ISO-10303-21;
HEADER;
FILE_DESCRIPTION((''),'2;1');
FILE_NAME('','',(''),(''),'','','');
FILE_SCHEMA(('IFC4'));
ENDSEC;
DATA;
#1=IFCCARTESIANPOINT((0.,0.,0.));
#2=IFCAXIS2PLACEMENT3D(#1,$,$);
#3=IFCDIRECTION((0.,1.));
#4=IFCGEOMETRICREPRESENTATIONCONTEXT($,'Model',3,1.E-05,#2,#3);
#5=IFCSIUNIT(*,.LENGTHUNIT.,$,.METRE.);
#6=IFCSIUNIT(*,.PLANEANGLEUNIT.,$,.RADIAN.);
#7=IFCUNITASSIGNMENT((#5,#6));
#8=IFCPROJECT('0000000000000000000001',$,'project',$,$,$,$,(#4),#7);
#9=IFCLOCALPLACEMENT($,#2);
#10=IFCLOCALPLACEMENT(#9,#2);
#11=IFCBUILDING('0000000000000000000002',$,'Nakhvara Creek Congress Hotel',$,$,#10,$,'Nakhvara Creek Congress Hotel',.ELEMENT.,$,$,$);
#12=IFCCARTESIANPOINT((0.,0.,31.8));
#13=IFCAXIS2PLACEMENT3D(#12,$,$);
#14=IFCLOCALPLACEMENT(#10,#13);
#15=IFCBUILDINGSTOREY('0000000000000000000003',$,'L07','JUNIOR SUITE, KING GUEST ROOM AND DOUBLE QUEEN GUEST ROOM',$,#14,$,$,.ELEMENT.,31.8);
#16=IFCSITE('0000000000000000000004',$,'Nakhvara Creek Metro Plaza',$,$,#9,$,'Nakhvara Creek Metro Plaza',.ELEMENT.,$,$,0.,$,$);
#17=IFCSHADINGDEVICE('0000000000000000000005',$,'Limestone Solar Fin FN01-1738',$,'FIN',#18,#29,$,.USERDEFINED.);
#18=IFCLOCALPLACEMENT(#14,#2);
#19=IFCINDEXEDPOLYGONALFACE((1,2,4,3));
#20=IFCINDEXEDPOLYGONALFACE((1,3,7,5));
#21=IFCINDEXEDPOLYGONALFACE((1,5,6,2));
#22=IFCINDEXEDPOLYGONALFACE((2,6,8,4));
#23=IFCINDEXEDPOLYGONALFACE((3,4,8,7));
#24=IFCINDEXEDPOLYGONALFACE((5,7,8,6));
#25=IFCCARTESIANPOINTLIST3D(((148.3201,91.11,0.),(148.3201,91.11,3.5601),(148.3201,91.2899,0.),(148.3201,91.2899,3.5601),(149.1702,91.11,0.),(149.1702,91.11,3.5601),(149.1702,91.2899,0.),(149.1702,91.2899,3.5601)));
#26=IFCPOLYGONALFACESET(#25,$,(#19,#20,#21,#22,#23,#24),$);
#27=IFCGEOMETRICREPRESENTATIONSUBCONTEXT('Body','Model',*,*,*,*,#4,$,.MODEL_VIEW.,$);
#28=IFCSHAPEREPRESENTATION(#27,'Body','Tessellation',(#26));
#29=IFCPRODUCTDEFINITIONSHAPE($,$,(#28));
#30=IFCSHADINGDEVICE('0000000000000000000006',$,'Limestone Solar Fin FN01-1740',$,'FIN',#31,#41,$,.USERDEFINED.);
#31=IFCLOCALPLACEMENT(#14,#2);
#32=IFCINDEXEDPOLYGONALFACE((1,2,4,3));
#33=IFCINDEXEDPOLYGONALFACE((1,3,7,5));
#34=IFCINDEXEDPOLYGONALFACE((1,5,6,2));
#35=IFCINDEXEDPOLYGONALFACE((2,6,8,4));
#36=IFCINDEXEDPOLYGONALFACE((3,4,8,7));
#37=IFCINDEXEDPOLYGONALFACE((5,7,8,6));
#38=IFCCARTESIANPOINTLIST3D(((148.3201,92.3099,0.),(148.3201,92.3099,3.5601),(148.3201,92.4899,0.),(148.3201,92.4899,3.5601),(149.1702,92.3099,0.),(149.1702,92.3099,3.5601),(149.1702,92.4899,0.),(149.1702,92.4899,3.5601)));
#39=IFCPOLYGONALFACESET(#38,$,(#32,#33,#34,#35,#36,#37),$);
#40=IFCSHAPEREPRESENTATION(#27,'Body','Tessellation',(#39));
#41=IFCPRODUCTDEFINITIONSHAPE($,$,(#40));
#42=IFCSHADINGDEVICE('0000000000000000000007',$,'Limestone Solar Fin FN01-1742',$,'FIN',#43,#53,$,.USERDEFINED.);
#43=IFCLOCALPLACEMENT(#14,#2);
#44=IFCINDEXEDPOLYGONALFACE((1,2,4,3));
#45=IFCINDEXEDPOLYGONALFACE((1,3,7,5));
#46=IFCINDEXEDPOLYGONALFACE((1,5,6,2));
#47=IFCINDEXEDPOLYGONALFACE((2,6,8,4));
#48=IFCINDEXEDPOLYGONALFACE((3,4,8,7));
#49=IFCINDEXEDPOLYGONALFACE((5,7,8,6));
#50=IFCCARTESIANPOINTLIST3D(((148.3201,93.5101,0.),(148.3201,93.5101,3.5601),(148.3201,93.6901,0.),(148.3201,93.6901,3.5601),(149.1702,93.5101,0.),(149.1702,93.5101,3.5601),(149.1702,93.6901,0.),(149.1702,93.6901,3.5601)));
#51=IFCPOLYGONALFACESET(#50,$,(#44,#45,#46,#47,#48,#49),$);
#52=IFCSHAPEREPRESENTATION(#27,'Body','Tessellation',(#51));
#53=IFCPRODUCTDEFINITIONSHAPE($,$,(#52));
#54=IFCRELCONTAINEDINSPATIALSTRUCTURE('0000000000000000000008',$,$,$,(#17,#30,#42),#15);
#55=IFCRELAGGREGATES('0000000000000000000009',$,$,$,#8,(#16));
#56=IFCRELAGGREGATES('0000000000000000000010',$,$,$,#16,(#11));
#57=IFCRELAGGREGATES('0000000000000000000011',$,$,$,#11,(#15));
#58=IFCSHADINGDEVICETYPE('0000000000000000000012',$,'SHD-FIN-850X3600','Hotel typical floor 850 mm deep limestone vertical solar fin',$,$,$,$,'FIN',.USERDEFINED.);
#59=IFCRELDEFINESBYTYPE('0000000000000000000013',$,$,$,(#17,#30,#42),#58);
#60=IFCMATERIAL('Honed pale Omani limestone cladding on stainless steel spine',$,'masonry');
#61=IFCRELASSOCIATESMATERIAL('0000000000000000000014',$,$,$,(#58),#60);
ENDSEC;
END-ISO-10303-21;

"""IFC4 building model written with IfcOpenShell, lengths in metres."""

from ifc_helpers import new_model, si_unit, direction, frame, origin, origin_2d, place, context, subcontext, project, spatial, rectangle, extrude, material, type_object, element, save


model = new_model("IFC4")

# Units and contexts
model_context = context("Model", 3, precision=1e-05, world=origin(), true_north=direction((0.0, 1.0)))
body_context = subcontext(model_context, "Body", "Model", "MODEL_VIEW")
ifc_project = project(units=[si_unit("LENGTHUNIT", "METRE"), si_unit("PLANEANGLEUNIT", "RADIAN")], contexts=[model_context])

# Site, building, storey
site_placement = place(None, origin())
site = spatial("IfcSite", under=ifc_project, at=site_placement, Name="Nakhvara Creek Metro Plaza", LongName="Nakhvara Creek Metro Plaza", CompositionType="ELEMENT", RefElevation=0.0)
building_placement = place(site_placement, origin())
building = spatial("IfcBuilding", under=site, at=building_placement, Name="Nakhvara Creek Congress Hotel", LongName="Nakhvara Creek Congress Hotel", CompositionType="ELEMENT")
storey_placement = place(building_placement, frame((0.0, 0.0, 31.8)))
storey = spatial("IfcBuildingStorey", under=building, at=storey_placement, Name="L07", Description="JUNIOR SUITE, KING GUEST ROOM AND DOUBLE QUEEN GUEST ROOM", CompositionType="ELEMENT", Elevation=31.8)

# Shading devices
ifc_material_1 = material(Name="Honed pale Omani limestone cladding on stainless steel spine", Category="masonry")
shading_device_type = type_object("IfcShadingDeviceType", Name="SHD-FIN-850X3600", Description="Hotel typical floor 850 mm deep limestone vertical solar fin", ElementType="FIN", PredefinedType="USERDEFINED", material=ifc_material_1)
for number, where, z_axis, x_axis, name in (
    (1, (148.7451, 91.2, 0.0), (0.0, 0.0, 1.0), (0.0, 1.0, 0.0), "Limestone Solar Fin FN01-1738"),
    (2, (148.7451, 92.3999, 0.0), (0.0, 0.0, 1.0), (0.0, 1.0, 0.0), "Limestone Solar Fin FN01-1740"),
    (3, (148.7451, 93.6001, 0.0), (0.0, 0.0, 1.0), (0.0, 1.0, 0.0), "Limestone Solar Fin FN01-1742"),
):
    element("IfcShadingDevice", number, at=place(storey_placement, frame(where, z_axis=z_axis, x_axis=x_axis)), inside=storey, type_object=shading_device_type, Name=name, ObjectType="FIN", PredefinedType="USERDEFINED", context=body_context, shape_type="SweptSolid", body=[
        extrude(rectangle(XDim=0.1799, YDim=0.8501, at=origin_2d()), origin(), (0.0, 0.0, 1.0), 3.5601),
    ])

save(model, "model.ifc")
